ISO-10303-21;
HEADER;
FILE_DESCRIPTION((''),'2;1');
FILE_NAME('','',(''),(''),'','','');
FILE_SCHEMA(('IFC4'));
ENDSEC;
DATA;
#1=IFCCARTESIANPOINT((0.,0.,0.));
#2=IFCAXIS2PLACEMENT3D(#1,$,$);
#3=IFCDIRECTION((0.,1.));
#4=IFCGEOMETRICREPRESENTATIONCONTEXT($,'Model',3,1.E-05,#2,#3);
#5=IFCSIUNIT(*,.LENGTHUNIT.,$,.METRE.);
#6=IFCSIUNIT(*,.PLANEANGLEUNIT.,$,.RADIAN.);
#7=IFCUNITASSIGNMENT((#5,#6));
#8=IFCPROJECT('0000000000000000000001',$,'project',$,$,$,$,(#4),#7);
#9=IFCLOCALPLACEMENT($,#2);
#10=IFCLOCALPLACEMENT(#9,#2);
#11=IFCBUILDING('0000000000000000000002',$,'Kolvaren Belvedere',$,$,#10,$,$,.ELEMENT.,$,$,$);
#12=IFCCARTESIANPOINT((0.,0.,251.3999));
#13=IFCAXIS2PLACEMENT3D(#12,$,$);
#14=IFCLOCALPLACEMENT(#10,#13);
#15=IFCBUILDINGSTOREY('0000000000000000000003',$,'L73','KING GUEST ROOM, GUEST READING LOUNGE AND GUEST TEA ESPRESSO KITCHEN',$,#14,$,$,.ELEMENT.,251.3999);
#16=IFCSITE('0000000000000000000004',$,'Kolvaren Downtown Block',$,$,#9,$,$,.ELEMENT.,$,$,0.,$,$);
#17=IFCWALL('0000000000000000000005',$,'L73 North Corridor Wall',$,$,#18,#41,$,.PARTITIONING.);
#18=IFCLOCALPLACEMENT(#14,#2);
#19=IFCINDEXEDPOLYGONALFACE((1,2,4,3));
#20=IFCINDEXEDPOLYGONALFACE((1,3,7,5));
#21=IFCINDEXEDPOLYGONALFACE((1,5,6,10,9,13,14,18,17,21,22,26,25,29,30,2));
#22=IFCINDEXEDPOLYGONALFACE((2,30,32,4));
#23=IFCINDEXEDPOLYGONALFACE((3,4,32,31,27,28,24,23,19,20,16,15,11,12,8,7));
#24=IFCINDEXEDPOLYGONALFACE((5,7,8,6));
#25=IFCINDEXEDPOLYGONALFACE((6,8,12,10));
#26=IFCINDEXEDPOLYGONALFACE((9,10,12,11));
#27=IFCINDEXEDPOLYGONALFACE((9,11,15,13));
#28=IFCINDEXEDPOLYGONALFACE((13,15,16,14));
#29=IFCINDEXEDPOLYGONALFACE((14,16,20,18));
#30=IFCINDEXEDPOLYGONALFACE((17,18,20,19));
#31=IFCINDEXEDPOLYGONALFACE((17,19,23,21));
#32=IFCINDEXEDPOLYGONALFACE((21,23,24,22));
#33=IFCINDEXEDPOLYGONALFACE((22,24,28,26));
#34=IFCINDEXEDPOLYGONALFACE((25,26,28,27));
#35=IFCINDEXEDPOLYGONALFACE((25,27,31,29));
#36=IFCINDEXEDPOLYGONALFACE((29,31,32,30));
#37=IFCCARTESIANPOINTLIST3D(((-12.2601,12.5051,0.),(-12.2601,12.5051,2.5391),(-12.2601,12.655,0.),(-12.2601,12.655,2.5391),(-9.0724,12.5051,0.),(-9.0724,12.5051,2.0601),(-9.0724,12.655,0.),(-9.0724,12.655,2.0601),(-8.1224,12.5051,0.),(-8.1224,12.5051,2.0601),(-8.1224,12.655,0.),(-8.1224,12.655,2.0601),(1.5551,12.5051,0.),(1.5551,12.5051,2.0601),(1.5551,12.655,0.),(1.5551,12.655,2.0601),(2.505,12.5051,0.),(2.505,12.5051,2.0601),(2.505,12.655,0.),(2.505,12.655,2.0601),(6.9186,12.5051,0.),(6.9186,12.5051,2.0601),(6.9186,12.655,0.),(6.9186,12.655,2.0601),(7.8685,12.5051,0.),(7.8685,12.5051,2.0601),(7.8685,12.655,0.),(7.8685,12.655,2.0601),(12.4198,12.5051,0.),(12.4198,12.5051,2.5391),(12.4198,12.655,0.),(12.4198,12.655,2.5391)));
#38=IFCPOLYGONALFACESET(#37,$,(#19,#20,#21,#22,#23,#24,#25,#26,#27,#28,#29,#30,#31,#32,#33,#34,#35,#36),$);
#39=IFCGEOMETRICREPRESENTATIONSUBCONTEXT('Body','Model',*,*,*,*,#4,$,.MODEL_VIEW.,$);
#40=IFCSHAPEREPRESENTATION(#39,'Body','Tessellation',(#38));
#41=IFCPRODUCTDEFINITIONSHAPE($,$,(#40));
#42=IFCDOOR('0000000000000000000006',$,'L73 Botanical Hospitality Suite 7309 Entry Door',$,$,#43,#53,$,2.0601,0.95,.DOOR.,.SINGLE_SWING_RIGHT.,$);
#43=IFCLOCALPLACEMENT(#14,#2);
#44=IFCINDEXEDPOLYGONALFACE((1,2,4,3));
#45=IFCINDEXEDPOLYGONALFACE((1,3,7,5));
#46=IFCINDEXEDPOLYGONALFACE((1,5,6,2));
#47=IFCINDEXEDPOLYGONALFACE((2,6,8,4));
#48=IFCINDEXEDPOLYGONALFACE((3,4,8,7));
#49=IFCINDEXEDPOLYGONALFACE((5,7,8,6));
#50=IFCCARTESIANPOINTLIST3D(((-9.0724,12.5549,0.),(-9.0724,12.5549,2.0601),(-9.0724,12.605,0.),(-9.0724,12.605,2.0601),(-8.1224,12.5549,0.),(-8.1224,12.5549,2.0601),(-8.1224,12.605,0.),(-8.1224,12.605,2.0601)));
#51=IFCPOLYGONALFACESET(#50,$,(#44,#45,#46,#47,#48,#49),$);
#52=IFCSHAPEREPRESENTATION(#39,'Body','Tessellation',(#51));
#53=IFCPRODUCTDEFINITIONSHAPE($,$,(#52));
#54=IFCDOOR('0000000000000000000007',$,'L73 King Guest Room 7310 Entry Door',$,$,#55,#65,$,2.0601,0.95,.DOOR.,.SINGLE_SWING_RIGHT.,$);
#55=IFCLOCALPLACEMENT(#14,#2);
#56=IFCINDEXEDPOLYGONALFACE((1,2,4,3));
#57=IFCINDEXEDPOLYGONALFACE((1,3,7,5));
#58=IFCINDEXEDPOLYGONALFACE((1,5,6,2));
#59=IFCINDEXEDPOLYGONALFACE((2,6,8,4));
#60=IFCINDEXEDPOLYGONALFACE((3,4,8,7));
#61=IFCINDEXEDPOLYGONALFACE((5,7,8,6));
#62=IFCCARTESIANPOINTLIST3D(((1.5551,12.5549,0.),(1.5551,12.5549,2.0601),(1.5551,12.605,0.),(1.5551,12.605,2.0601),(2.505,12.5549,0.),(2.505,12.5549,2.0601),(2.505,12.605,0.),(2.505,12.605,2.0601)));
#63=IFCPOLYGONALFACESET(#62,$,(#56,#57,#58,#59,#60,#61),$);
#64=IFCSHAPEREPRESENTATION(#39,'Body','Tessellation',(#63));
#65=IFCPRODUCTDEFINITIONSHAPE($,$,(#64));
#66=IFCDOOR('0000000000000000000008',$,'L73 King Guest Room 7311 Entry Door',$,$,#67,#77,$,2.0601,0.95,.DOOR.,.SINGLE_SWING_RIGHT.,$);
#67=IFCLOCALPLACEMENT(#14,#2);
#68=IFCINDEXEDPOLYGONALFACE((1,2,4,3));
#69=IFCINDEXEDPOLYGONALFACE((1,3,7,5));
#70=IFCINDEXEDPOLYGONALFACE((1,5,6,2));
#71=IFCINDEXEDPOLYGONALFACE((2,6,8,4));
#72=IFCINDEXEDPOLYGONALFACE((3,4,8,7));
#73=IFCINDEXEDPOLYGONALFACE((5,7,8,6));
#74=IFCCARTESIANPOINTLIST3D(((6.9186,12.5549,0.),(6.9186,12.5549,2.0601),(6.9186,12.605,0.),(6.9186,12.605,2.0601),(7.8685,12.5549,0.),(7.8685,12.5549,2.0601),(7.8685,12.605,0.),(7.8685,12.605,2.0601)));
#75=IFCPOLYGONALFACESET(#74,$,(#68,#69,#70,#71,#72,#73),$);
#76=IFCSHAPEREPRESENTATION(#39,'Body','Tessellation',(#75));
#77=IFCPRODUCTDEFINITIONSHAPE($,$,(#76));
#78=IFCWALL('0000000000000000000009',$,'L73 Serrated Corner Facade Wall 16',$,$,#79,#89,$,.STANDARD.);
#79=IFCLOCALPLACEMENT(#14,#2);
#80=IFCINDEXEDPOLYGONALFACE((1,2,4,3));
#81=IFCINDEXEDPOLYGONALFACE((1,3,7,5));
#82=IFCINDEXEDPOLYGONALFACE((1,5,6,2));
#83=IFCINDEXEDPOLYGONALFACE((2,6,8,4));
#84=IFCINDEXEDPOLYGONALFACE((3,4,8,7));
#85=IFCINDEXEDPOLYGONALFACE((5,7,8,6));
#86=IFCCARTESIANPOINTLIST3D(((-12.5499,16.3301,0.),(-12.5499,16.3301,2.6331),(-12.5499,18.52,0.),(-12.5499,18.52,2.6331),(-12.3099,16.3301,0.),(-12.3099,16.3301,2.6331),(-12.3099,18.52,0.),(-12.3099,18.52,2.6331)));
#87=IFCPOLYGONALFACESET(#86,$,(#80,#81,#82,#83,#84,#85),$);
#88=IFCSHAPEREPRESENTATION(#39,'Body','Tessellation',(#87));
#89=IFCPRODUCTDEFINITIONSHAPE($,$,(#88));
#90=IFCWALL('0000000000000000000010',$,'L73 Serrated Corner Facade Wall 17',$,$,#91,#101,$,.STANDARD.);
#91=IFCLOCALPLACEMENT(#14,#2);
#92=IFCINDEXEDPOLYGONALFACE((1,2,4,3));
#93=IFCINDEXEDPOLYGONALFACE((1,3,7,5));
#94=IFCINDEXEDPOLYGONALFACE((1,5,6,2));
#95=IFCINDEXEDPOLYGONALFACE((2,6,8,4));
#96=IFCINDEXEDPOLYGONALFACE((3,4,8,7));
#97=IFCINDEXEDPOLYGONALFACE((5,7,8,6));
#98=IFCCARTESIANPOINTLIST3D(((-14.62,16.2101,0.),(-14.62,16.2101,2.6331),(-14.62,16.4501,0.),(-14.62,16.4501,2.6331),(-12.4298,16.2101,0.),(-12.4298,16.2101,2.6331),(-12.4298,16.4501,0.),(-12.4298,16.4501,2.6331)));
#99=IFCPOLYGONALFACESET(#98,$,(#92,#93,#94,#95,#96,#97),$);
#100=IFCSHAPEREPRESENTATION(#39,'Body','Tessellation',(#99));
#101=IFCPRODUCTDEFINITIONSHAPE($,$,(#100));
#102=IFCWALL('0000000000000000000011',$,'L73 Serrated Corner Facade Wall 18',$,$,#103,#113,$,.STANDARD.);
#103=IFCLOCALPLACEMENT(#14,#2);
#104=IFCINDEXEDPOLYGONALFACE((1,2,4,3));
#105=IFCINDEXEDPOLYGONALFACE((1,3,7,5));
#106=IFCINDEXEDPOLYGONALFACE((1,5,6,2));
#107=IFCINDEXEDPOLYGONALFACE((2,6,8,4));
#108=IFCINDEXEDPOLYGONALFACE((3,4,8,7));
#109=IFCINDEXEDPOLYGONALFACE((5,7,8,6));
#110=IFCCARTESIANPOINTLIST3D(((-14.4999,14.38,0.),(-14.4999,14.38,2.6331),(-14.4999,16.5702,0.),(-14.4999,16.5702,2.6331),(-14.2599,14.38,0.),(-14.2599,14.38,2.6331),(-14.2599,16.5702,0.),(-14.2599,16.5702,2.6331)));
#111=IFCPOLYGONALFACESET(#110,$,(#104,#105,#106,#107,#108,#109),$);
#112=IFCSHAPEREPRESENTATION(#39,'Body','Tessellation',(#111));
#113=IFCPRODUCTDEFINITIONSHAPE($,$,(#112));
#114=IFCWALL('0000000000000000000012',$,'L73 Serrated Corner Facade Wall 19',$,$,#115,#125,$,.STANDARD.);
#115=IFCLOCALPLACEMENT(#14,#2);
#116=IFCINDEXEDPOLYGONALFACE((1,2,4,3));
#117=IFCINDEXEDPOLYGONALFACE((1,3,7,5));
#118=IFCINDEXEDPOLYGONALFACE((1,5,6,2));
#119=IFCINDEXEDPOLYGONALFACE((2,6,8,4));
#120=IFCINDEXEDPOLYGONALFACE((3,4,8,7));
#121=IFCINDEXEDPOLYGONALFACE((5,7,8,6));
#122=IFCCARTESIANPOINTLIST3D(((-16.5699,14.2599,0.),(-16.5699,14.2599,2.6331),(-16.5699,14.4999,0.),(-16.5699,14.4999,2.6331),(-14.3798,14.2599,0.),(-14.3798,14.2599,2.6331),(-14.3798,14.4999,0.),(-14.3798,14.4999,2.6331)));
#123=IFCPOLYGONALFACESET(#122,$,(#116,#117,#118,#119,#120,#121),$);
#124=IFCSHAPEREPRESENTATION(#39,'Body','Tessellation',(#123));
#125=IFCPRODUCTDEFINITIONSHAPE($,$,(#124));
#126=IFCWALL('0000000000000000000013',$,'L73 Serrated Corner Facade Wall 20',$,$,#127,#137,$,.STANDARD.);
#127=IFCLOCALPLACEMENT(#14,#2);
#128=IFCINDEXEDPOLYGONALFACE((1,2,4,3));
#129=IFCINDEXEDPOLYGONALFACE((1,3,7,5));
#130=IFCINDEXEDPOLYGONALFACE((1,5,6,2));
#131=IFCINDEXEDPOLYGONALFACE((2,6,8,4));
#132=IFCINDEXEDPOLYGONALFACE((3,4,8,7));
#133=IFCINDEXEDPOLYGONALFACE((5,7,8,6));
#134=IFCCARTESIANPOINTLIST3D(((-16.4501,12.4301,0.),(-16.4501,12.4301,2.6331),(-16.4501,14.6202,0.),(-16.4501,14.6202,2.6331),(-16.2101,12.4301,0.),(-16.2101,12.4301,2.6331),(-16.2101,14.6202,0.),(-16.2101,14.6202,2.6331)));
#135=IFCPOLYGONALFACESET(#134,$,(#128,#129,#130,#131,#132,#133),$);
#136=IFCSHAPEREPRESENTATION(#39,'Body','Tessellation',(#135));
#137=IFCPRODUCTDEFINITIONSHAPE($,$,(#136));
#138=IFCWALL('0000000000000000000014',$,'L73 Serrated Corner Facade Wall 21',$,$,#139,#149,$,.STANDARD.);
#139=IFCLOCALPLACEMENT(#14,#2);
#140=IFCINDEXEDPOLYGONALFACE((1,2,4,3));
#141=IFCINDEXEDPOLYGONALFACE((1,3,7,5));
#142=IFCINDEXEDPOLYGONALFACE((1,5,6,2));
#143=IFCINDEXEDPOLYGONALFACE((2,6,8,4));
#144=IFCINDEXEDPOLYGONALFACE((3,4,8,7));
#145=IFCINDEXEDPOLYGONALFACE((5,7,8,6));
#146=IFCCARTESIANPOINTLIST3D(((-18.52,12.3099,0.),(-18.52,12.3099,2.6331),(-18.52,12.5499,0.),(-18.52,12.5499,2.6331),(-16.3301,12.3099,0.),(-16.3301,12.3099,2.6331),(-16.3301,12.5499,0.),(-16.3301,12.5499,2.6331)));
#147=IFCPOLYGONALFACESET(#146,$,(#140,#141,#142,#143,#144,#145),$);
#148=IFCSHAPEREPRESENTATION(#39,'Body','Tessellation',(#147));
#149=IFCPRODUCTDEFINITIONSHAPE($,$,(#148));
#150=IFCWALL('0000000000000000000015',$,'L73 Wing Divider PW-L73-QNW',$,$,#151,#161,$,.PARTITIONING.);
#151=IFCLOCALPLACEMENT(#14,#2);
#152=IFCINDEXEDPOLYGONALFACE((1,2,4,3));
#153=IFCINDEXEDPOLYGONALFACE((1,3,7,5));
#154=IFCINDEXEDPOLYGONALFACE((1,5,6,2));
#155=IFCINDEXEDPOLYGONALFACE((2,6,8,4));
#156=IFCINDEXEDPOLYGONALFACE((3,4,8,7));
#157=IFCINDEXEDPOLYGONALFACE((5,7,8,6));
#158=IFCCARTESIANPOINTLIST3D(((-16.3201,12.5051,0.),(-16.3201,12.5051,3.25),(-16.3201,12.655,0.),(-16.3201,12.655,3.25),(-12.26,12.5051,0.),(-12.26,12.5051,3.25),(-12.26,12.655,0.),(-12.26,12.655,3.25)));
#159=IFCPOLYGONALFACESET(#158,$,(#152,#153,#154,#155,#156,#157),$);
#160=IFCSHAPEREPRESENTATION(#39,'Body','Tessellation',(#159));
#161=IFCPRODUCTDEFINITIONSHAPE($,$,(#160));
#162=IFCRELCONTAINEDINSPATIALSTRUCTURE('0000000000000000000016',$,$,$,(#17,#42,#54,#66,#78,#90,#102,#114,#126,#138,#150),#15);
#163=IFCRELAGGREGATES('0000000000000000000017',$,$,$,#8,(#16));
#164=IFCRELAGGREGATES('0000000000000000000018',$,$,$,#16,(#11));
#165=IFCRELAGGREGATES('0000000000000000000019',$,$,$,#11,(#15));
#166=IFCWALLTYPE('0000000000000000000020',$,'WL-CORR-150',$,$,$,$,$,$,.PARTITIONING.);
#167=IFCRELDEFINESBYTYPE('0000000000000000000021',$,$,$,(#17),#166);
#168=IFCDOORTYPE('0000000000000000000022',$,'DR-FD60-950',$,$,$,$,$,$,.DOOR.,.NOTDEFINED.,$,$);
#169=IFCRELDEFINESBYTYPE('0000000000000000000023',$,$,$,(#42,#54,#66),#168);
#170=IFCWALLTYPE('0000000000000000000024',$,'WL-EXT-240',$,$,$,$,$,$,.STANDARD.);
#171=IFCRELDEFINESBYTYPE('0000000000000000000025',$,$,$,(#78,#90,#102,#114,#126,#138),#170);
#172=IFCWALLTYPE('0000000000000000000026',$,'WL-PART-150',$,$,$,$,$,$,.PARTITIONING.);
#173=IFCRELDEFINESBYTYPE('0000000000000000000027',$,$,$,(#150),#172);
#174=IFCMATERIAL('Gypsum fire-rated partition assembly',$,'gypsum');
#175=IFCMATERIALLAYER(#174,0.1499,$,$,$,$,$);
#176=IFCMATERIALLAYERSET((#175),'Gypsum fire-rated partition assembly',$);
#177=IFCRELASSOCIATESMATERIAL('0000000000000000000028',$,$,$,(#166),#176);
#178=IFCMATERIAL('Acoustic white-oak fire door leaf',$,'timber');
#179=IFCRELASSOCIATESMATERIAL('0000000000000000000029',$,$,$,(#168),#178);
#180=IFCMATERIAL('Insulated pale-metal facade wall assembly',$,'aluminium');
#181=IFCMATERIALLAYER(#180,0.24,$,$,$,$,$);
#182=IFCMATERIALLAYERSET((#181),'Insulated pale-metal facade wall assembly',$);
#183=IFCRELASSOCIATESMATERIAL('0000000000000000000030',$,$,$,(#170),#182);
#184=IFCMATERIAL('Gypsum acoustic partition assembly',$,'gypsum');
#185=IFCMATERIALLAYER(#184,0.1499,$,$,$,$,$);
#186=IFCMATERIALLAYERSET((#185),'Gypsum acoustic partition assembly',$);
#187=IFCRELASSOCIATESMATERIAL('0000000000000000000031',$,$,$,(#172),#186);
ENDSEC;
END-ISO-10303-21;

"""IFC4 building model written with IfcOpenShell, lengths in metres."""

from ifc_helpers import new_model, si_unit, direction, frame, frame_2d, origin, place, context, subcontext, project, spatial, rectangle, extrude, material, layer, layer_set, type_object, element, fill, save


model = new_model("IFC4")

# Units and contexts
model_context = context("Model", 3, precision=1e-05, world=origin(), true_north=direction((0.0, 1.0)))
body_context = subcontext(model_context, "Body", "Model", "MODEL_VIEW")
ifc_project = project(units=[si_unit("LENGTHUNIT", "METRE"), si_unit("PLANEANGLEUNIT", "RADIAN")], contexts=[model_context])

# Site, building, storey
site_placement = place(None, origin())
site = spatial("IfcSite", under=ifc_project, at=site_placement, Name="Kolvaren Downtown Block", CompositionType="ELEMENT", RefElevation=0.0)
building_placement = place(site_placement, origin())
building = spatial("IfcBuilding", under=site, at=building_placement, Name="Kolvaren Belvedere", CompositionType="ELEMENT")
storey_placement = place(building_placement, frame((0.0, 0.0, 251.3999)))
storey = spatial("IfcBuildingStorey", under=building, at=storey_placement, Name="L73", Description="KING GUEST ROOM, GUEST READING LOUNGE AND GUEST TEA ESPRESSO KITCHEN", CompositionType="ELEMENT", Elevation=251.3999)

# Wall, openings, doors
ifc_material_1 = material(Name="Gypsum fire-rated partition assembly", Category="gypsum")
ifc_layer_1 = layer(ifc_material_1, 0.1499)
ifc_layer_set_1 = layer_set([ifc_layer_1], Name="Gypsum fire-rated partition assembly")
wall_type_1 = type_object("IfcWallType", Name="WL-CORR-150", PredefinedType="PARTITIONING", material=ifc_layer_set_1)
wall_1_placement = place(storey_placement, frame((-12.26, 12.5801, 0.0), z_axis=(0.0, 0.0, 1.0), x_axis=(1.0, 0.0, 0.0)))
wall_1 = element("IfcWall", 1, at=wall_1_placement, inside=storey, type_object=wall_type_1, Name="L73 North Corridor Wall", PredefinedType="PARTITIONING", context=body_context, shape_type="SweptSolid", body=[
    extrude(rectangle(XDim=24.6799, YDim=0.1499, at=frame_2d((12.3398, 0.0))), origin(), (0.0, 0.0, 1.0), 2.5391),
])
opening_1_placement = place(wall_1_placement, frame((3.1875, 0.0, 0.0)))
opening_1 = element("IfcOpeningElement", 2, at=opening_1_placement, cuts=wall_1, PredefinedType="OPENING", context=body_context, shape_type="SweptSolid", body=[
    extrude(rectangle(XDim=0.95, YDim=2.0601, at=frame_2d((0.4751, 1.03))), frame((0.0, 0.085, 0.0), z_axis=(0.0, -1.0, 0.0), x_axis=(1.0, 0.0, 0.0)), (0.0, 0.0, 1.0), 0.1699),
])
opening_2_placement = place(wall_1_placement, frame((13.8149, 0.0, 0.0)))
opening_2 = element("IfcOpeningElement", 3, at=opening_2_placement, cuts=wall_1, PredefinedType="OPENING", context=body_context, shape_type="SweptSolid", body=[
    extrude(rectangle(XDim=0.95, YDim=2.0601, at=frame_2d((0.4751, 1.03))), frame((0.0, 0.085, 0.0), z_axis=(0.0, -1.0, 0.0), x_axis=(1.0, 0.0, 0.0)), (0.0, 0.0, 1.0), 0.1699),
])
opening_3_placement = place(wall_1_placement, frame((19.1785, 0.0, 0.0)))
opening_3 = element("IfcOpeningElement", 4, at=opening_3_placement, cuts=wall_1, PredefinedType="OPENING", context=body_context, shape_type="SweptSolid", body=[
    extrude(rectangle(XDim=0.95, YDim=2.0601, at=frame_2d((0.4751, 1.03))), frame((0.0, 0.085, 0.0), z_axis=(0.0, -1.0, 0.0), x_axis=(1.0, 0.0, 0.0)), (0.0, 0.0, 1.0), 0.1699),
])
ifc_material_2 = material(Name="Acoustic white-oak fire door leaf", Category="timber")
door_type_1 = type_object("IfcDoorType", Name="DR-FD60-950", OperationType="NOTDEFINED", PredefinedType="DOOR", material=ifc_material_2)
door_1_placement = place(opening_1_placement, origin())
door_1 = element("IfcDoor", 5, at=door_1_placement, inside=storey, type_object=door_type_1, Name="L73 Botanical Hospitality Suite 7309 Entry Door", OperationType="SINGLE_SWING_RIGHT", OverallHeight=2.0601, OverallWidth=0.95, PredefinedType="DOOR", context=body_context, shape_type="SweptSolid", body=[
    extrude(rectangle(XDim=0.95, YDim=2.0601, at=frame_2d((0.4751, 1.03))), frame((0.0, 0.0249, 0.0), z_axis=(0.0, -1.0, 0.0), x_axis=(1.0, 0.0, 0.0)), (0.0, 0.0, 1.0), 0.05),
])
fill(opening_1, door_1)
door_2_placement = place(opening_2_placement, origin())
door_2 = element("IfcDoor", 6, at=door_2_placement, inside=storey, type_object=door_type_1, Name="L73 King Guest Room 7310 Entry Door", OperationType="SINGLE_SWING_RIGHT", OverallHeight=2.0601, OverallWidth=0.95, PredefinedType="DOOR", context=body_context, shape_type="SweptSolid", body=[
    extrude(rectangle(XDim=0.95, YDim=2.0601, at=frame_2d((0.4751, 1.03))), frame((0.0, 0.0249, 0.0), z_axis=(0.0, -1.0, 0.0), x_axis=(1.0, 0.0, 0.0)), (0.0, 0.0, 1.0), 0.05),
])
fill(opening_2, door_2)
door_3_placement = place(opening_3_placement, origin())
door_3 = element("IfcDoor", 7, at=door_3_placement, inside=storey, type_object=door_type_1, Name="L73 King Guest Room 7311 Entry Door", OperationType="SINGLE_SWING_RIGHT", OverallHeight=2.0601, OverallWidth=0.95, PredefinedType="DOOR", context=body_context, shape_type="SweptSolid", body=[
    extrude(rectangle(XDim=0.95, YDim=2.0601, at=frame_2d((0.4751, 1.03))), frame((0.0, 0.0249, 0.0), z_axis=(0.0, -1.0, 0.0), x_axis=(1.0, 0.0, 0.0)), (0.0, 0.0, 1.0), 0.05),
])
fill(opening_3, door_3)

# Walls
ifc_material_3 = material(Name="Insulated pale-metal facade wall assembly", Category="aluminium")
ifc_layer_2 = layer(ifc_material_3, 0.24)
ifc_layer_set_2 = layer_set([ifc_layer_2], Name="Insulated pale-metal facade wall assembly")
wall_type_2 = type_object("IfcWallType", Name="WL-EXT-240", PredefinedType="STANDARD", material=ifc_layer_set_2)
wall_2_placement = place(storey_placement, frame((-12.4299, 16.3301, 0.0), z_axis=(0.0, 0.0, 1.0), x_axis=(0.0, 1.0, 0.0)))
element("IfcWall", 8, at=wall_2_placement, inside=storey, type_object=wall_type_2, Name="L73 Serrated Corner Facade Wall 16", PredefinedType="STANDARD", context=body_context, shape_type="SweptSolid", body=[
    extrude(rectangle(XDim=2.1899, YDim=0.24, at=frame_2d((1.095, 0.0))), origin(), (0.0, 0.0, 1.0), 2.6331),
])
for number, where, z_axis, x_axis, name in (
    (9, (-14.6201, 16.3301, 0.0), (0.0, 0.0, 1.0), (1.0, 0.0, 0.0), "L73 Serrated Corner Facade Wall 17"),
    (10, (-14.3799, 14.3799, 0.0), (0.0, 0.0, 1.0), (0.0, 1.0, 0.0), "L73 Serrated Corner Facade Wall 18"),
    (11, (-16.5701, 14.3799, 0.0), (0.0, 0.0, 1.0), (1.0, 0.0, 0.0), "L73 Serrated Corner Facade Wall 19"),
    (12, (-16.3301, 12.4299, 0.0), (0.0, 0.0, 1.0), (0.0, 1.0, 0.0), "L73 Serrated Corner Facade Wall 20"),
):
    element("IfcWall", number, at=place(storey_placement, frame(where, z_axis=z_axis, x_axis=x_axis)), inside=storey, type_object=wall_type_2, Name=name, PredefinedType="STANDARD", context=body_context, shape_type="SweptSolid", body=[
        extrude(rectangle(XDim=2.1902, YDim=0.24, at=frame_2d((1.0952, 0.0))), origin(), (0.0, 0.0, 1.0), 2.6331),
    ])
wall_3_placement = place(storey_placement, frame((-18.52, 12.4299, 0.0), z_axis=(0.0, 0.0, 1.0), x_axis=(1.0, 0.0, 0.0)))
element("IfcWall", 13, at=wall_3_placement, inside=storey, type_object=wall_type_2, Name="L73 Serrated Corner Facade Wall 21", PredefinedType="STANDARD", context=body_context, shape_type="SweptSolid", body=[
    extrude(rectangle(XDim=2.1899, YDim=0.24, at=frame_2d((1.095, 0.0))), origin(), (0.0, 0.0, 1.0), 2.6331),
])
ifc_material_4 = material(Name="Gypsum acoustic partition assembly", Category="gypsum")
ifc_layer_3 = layer(ifc_material_4, 0.1499)
ifc_layer_set_3 = layer_set([ifc_layer_3], Name="Gypsum acoustic partition assembly")
wall_type_3 = type_object("IfcWallType", Name="WL-PART-150", PredefinedType="PARTITIONING", material=ifc_layer_set_3)
wall_4_placement = place(storey_placement, frame((-16.3201, 12.5801, 0.0), z_axis=(0.0, 0.0, 1.0), x_axis=(1.0, 0.0, 0.0)))
element("IfcWall", 14, at=wall_4_placement, inside=storey, type_object=wall_type_3, Name="L73 Wing Divider PW-L73-QNW", PredefinedType="PARTITIONING", context=body_context, shape_type="SweptSolid", body=[
    extrude(rectangle(XDim=4.0601, YDim=0.1499, at=frame_2d((2.03, 0.0))), origin(), (0.0, 0.0, 1.0), 3.25),
])

save(model, "model.ifc")
